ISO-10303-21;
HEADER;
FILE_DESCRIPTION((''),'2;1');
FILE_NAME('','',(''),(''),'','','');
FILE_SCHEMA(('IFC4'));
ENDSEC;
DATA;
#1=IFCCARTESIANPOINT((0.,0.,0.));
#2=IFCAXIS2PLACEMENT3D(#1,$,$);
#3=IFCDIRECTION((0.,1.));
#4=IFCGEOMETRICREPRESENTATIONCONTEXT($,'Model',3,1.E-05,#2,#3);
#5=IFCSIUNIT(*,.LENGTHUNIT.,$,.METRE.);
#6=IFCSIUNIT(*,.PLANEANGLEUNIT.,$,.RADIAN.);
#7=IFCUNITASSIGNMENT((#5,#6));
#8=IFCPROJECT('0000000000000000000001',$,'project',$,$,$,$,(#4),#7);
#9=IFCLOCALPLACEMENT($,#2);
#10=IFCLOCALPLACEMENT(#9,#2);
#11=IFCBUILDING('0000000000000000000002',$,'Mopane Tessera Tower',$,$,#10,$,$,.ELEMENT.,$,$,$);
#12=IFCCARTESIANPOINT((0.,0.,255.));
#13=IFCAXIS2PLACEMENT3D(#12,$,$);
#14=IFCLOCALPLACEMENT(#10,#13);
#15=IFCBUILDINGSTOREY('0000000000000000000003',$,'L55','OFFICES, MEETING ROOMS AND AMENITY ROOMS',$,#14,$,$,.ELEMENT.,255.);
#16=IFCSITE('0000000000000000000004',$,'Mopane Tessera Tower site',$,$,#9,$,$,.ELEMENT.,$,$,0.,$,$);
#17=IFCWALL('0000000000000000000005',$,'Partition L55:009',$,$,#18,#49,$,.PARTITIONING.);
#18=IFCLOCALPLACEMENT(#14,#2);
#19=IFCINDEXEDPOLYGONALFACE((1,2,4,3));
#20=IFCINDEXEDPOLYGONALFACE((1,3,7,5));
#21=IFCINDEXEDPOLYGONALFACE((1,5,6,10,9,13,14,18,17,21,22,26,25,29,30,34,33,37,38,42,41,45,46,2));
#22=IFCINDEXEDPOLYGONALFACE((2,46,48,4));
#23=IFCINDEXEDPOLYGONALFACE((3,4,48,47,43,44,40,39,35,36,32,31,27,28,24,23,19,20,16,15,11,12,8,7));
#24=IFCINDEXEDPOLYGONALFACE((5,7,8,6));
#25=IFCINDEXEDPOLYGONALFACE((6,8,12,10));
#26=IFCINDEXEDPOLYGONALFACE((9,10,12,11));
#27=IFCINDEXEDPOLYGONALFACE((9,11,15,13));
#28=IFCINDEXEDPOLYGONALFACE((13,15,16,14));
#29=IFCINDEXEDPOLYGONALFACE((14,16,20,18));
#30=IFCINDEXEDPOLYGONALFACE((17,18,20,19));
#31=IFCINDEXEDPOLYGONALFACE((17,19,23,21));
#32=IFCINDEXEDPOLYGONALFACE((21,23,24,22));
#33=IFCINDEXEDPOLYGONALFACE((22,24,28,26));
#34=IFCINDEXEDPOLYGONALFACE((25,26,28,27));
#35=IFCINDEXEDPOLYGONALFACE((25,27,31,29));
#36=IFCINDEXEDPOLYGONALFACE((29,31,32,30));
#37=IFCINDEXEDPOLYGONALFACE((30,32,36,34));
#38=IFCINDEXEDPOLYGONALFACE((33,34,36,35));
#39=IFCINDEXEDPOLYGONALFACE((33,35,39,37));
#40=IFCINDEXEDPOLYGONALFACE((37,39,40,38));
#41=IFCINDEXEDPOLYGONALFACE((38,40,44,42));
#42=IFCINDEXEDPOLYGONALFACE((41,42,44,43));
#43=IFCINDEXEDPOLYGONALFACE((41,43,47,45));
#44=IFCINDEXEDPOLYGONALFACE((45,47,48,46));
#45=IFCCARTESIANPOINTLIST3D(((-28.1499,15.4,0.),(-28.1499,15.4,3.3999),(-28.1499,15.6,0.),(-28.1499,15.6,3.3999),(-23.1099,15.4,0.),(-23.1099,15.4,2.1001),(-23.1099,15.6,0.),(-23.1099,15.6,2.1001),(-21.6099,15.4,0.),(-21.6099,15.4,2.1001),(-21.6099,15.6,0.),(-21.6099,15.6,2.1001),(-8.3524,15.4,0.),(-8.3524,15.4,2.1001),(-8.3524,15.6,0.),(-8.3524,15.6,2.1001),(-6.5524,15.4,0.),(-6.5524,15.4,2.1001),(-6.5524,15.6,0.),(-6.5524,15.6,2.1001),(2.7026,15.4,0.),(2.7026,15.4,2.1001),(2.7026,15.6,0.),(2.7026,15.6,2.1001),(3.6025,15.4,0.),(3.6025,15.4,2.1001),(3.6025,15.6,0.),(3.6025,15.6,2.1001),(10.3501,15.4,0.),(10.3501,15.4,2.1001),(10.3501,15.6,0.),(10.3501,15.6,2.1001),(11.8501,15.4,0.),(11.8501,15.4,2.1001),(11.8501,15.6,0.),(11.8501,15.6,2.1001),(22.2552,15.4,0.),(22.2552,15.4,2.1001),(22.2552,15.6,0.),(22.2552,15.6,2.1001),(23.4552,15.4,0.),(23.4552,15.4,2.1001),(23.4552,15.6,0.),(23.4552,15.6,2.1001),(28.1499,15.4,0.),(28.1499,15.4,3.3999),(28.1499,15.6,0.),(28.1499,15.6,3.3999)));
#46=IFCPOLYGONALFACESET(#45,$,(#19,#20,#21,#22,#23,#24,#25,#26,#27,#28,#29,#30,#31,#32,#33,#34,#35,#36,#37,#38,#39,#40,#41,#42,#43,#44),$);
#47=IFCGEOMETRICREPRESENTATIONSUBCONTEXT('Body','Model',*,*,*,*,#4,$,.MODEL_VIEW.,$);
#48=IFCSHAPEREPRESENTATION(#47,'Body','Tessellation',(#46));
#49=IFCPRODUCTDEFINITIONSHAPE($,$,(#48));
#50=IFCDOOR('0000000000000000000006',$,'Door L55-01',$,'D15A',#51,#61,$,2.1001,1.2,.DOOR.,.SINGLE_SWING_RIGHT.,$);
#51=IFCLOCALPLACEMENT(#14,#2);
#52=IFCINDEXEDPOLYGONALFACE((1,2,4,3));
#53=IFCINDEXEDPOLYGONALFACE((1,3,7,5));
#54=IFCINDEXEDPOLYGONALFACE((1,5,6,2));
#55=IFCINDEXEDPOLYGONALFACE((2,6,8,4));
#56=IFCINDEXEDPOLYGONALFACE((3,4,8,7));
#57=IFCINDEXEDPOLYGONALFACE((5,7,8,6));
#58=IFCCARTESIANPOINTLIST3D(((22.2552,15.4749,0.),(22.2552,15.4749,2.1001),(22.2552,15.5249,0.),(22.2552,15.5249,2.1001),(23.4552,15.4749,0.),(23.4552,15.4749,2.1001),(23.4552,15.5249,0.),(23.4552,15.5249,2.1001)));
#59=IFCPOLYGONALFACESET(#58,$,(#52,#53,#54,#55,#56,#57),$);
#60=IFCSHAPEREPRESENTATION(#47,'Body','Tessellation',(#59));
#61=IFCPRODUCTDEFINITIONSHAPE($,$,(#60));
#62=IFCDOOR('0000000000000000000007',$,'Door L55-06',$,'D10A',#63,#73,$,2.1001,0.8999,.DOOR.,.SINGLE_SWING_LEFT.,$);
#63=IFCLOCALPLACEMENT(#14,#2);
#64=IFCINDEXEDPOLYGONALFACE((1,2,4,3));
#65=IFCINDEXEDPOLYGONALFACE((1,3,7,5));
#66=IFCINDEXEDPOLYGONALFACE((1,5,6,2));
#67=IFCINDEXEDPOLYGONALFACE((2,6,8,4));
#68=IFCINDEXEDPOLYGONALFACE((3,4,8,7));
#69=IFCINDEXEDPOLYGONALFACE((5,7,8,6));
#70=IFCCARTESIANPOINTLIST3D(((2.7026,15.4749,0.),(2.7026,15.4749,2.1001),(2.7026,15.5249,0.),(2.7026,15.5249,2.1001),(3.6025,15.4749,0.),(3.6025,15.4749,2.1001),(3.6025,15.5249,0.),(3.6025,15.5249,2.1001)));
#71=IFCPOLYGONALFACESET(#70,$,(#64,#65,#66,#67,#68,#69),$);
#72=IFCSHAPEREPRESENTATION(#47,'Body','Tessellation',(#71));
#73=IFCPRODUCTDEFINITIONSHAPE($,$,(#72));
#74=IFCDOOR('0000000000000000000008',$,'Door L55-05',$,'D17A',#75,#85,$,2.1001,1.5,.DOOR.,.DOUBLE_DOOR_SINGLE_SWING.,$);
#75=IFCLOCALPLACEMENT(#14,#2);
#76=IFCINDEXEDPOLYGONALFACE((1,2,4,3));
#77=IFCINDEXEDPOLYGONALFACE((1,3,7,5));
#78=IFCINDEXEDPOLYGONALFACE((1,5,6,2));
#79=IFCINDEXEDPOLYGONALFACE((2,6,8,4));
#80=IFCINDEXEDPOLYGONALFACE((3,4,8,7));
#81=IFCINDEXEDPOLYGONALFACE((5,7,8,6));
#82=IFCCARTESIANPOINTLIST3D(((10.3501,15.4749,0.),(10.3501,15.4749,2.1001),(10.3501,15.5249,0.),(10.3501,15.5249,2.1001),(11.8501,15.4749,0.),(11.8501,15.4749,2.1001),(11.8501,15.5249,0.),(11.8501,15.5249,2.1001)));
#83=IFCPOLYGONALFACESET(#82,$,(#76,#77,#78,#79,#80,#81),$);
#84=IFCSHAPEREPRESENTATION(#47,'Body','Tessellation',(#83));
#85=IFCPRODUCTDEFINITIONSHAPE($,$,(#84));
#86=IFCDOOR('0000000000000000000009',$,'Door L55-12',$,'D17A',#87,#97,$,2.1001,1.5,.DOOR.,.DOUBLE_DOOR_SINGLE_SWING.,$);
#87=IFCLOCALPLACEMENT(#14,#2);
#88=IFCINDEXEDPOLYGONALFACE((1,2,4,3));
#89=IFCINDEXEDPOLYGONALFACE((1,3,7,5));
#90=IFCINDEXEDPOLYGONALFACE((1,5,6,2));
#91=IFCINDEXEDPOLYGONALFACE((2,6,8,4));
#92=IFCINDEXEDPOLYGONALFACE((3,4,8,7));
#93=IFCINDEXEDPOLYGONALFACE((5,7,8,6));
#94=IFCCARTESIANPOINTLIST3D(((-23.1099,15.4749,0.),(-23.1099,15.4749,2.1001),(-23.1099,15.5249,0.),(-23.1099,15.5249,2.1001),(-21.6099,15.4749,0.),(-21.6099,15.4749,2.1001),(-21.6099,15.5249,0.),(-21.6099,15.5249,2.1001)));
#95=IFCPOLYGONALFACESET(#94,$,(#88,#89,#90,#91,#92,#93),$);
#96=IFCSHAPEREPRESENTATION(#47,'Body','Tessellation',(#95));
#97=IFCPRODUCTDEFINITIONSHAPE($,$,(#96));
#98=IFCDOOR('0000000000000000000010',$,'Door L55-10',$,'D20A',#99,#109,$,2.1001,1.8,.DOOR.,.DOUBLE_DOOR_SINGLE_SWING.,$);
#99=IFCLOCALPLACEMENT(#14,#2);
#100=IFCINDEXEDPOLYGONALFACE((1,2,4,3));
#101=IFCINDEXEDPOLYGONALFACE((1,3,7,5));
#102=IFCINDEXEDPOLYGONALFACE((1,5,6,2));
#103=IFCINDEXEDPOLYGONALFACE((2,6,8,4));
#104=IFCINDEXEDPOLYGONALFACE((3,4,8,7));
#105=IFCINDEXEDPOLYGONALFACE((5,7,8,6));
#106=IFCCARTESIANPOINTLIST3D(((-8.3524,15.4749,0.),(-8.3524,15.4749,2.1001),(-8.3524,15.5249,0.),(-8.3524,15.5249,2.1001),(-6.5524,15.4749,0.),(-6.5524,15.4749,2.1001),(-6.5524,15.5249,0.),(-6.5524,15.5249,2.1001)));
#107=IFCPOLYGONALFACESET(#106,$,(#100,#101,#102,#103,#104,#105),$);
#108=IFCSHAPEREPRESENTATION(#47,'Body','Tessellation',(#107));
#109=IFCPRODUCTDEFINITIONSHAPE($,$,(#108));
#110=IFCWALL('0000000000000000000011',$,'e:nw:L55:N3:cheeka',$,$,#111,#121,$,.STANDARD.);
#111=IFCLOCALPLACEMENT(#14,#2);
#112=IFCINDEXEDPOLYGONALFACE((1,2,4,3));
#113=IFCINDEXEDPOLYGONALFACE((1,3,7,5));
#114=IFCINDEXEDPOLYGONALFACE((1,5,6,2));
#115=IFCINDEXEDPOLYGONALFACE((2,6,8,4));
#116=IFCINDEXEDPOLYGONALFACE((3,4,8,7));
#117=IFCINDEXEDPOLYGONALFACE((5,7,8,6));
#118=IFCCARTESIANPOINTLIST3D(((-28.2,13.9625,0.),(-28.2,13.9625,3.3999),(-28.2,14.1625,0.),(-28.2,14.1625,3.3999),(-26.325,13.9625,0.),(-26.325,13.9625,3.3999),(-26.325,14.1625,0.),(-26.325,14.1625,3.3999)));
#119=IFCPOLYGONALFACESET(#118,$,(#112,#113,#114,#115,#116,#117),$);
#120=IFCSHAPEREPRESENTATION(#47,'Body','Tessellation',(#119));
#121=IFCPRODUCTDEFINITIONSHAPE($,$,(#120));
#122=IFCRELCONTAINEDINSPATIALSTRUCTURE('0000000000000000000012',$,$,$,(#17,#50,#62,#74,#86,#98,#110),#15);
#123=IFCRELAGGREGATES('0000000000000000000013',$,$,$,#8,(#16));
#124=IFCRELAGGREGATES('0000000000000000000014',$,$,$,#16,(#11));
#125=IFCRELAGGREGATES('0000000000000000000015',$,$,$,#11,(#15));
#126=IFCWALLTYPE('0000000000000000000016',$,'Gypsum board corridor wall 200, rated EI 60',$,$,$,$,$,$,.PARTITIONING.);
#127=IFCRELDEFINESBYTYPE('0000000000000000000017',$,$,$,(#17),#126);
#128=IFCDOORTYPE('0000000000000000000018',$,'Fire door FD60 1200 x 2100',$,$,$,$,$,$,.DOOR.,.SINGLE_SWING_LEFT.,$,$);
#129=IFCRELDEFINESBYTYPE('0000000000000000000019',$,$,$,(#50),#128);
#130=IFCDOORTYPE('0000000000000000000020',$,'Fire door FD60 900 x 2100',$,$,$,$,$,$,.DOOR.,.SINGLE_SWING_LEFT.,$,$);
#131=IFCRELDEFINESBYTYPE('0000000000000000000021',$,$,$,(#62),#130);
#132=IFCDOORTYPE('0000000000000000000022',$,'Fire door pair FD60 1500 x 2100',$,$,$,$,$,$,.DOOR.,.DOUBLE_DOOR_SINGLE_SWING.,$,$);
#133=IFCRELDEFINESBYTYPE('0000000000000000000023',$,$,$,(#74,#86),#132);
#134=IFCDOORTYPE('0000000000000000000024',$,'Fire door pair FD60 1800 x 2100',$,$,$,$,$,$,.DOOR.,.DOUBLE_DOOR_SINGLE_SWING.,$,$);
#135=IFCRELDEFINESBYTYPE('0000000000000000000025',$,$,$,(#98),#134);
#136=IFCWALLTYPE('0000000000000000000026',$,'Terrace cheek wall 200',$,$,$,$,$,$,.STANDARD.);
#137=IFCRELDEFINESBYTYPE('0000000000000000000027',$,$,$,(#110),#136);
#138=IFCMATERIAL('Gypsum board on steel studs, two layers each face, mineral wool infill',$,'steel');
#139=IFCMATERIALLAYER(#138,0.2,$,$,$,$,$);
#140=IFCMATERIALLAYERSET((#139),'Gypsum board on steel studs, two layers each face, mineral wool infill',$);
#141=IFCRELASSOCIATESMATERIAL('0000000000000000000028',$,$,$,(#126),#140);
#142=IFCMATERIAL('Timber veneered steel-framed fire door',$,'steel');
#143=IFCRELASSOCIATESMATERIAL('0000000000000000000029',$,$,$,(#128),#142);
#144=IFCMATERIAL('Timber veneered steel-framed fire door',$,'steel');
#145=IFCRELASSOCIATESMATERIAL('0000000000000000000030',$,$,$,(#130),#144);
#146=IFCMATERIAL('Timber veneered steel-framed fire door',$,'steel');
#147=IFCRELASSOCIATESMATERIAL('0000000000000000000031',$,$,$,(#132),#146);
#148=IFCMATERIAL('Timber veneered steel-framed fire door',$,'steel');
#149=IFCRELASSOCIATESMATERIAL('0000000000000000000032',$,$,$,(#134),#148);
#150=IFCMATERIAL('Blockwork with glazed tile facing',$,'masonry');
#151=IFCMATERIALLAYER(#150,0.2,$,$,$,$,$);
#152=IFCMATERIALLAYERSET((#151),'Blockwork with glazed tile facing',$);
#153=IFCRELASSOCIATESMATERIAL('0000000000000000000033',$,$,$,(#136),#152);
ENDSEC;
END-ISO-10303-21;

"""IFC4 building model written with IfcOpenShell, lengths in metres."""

from ifc_helpers import new_model, si_unit, direction, frame, frame_2d, origin, place, context, subcontext, project, spatial, rectangle, extrude, material, layer, layer_set, type_object, element, fill, save


model = new_model("IFC4")

# Units and contexts
model_context = context("Model", 3, precision=1e-05, world=origin(), true_north=direction((0.0, 1.0)))
body_context = subcontext(model_context, "Body", "Model", "MODEL_VIEW")
ifc_project = project(units=[si_unit("LENGTHUNIT", "METRE"), si_unit("PLANEANGLEUNIT", "RADIAN")], contexts=[model_context])

# Site, building, storey
site_placement = place(None, origin())
site = spatial("IfcSite", under=ifc_project, at=site_placement, Name="Mopane Tessera Tower site", CompositionType="ELEMENT", RefElevation=0.0)
building_placement = place(site_placement, origin())
building = spatial("IfcBuilding", under=site, at=building_placement, Name="Mopane Tessera Tower", CompositionType="ELEMENT")
storey_placement = place(building_placement, frame((0.0, 0.0, 255.0)))
storey = spatial("IfcBuildingStorey", under=building, at=storey_placement, Name="L55", Description="OFFICES, MEETING ROOMS AND AMENITY ROOMS", CompositionType="ELEMENT", Elevation=255.0)

# Wall, openings, doors
ifc_material_1 = material(Name="Gypsum board on steel studs, two layers each face, mineral wool infill", Category="steel")
ifc_layer_1 = layer(ifc_material_1, 0.2)
ifc_layer_set_1 = layer_set([ifc_layer_1], Name="Gypsum board on steel studs, two layers each face, mineral wool infill")
wall_type_1 = type_object("IfcWallType", Name="Gypsum board corridor wall 200, rated EI 60", PredefinedType="PARTITIONING", material=ifc_layer_set_1)
wall_1_placement = place(storey_placement, frame((-28.1499, 15.5, 0.0), z_axis=(0.0, 0.0, 1.0), x_axis=(1.0, 0.0, 0.0)))
wall_1 = element("IfcWall", 1, at=wall_1_placement, inside=storey, type_object=wall_type_1, Name="Partition L55:009", PredefinedType="PARTITIONING", context=body_context, shape_type="SweptSolid", body=[
    extrude(rectangle(XDim=56.2998, YDim=0.2, at=frame_2d((28.1499, 0.0))), origin(), (0.0, 0.0, 1.0), 3.3999),
])
opening_1_placement = place(wall_1_placement, frame((50.405, 0.0, 0.0)))
opening_1 = element("IfcOpeningElement", 2, at=opening_1_placement, cuts=wall_1, PredefinedType="OPENING", context=body_context, shape_type="SweptSolid", body=[
    extrude(rectangle(XDim=1.2, YDim=2.1001, at=frame_2d((0.6001, 1.05))), frame((0.0, 0.1121, 0.0), z_axis=(0.0, -1.0, 0.0), x_axis=(1.0, 0.0, 0.0)), (0.0, 0.0, 1.0), 0.2239),
])
opening_2_placement = place(wall_1_placement, frame((38.5, 0.0, 0.0)))
opening_2 = element("IfcOpeningElement", 3, at=opening_2_placement, cuts=wall_1, PredefinedType="OPENING", context=body_context, shape_type="SweptSolid", body=[
    extrude(rectangle(XDim=1.5, YDim=2.1001, at=frame_2d((0.75, 1.05))), frame((0.0, 0.1121, 0.0), z_axis=(0.0, -1.0, 0.0), x_axis=(1.0, 0.0, 0.0)), (0.0, 0.0, 1.0), 0.2239),
])
opening_3_placement = place(wall_1_placement, frame((30.8525, 0.0, 0.0)))
opening_3 = element("IfcOpeningElement", 4, at=opening_3_placement, cuts=wall_1, PredefinedType="OPENING", context=body_context, shape_type="SweptSolid", body=[
    extrude(rectangle(XDim=0.8999, YDim=2.1001, at=frame_2d((0.45, 1.05))), frame((0.0, 0.1121, 0.0), z_axis=(0.0, -1.0, 0.0), x_axis=(1.0, 0.0, 0.0)), (0.0, 0.0, 1.0), 0.2239),
])
opening_4_placement = place(wall_1_placement, frame((19.7976, 0.0, 0.0)))
opening_4 = element("IfcOpeningElement", 5, at=opening_4_placement, cuts=wall_1, PredefinedType="OPENING", context=body_context, shape_type="SweptSolid", body=[
    extrude(rectangle(XDim=1.8, YDim=2.1001, at=frame_2d((0.8999, 1.05))), frame((0.0, 0.1121, 0.0), z_axis=(0.0, -1.0, 0.0), x_axis=(1.0, 0.0, 0.0)), (0.0, 0.0, 1.0), 0.2239),
])
opening_5_placement = place(wall_1_placement, frame((5.04, 0.0, 0.0)))
opening_5 = element("IfcOpeningElement", 6, at=opening_5_placement, cuts=wall_1, PredefinedType="OPENING", context=body_context, shape_type="SweptSolid", body=[
    extrude(rectangle(XDim=1.5, YDim=2.1001, at=frame_2d((0.75, 1.05))), frame((0.0, 0.1121, 0.0), z_axis=(0.0, -1.0, 0.0), x_axis=(1.0, 0.0, 0.0)), (0.0, 0.0, 1.0), 0.2239),
])
ifc_material_2 = material(Name="Timber veneered steel-framed fire door", Category="steel")
door_type_1 = type_object("IfcDoorType", Name="Fire door FD60 1200 x 2100", OperationType="SINGLE_SWING_LEFT", PredefinedType="DOOR", material=ifc_material_2)
door_1_placement = place(opening_1_placement, origin())
door_1 = element("IfcDoor", 7, at=door_1_placement, inside=storey, type_object=door_type_1, Name="Door L55-01", ObjectType="D15A", OperationType="SINGLE_SWING_RIGHT", OverallHeight=2.1001, OverallWidth=1.2, PredefinedType="DOOR", context=body_context, shape_type="SweptSolid", body=[
    extrude(rectangle(XDim=1.2, YDim=2.1001, at=frame_2d((0.6001, 1.05))), frame((0.0, 0.0249, 0.0), z_axis=(0.0, -1.0, 0.0), x_axis=(1.0, 0.0, 0.0)), (0.0, 0.0, 1.0), 0.05),
])
fill(opening_1, door_1)
ifc_material_3 = material(Name="Timber veneered steel-framed fire door", Category="steel")
door_type_2 = type_object("IfcDoorType", Name="Fire door FD60 900 x 2100", OperationType="SINGLE_SWING_LEFT", PredefinedType="DOOR", material=ifc_material_3)
door_2_placement = place(opening_3_placement, origin())
door_2 = element("IfcDoor", 8, at=door_2_placement, inside=storey, type_object=door_type_2, Name="Door L55-06", ObjectType="D10A", OperationType="SINGLE_SWING_LEFT", OverallHeight=2.1001, OverallWidth=0.8999, PredefinedType="DOOR", context=body_context, shape_type="SweptSolid", body=[
    extrude(rectangle(XDim=0.8999, YDim=2.1001, at=frame_2d((0.45, 1.05))), frame((0.0, 0.0249, 0.0), z_axis=(0.0, -1.0, 0.0), x_axis=(1.0, 0.0, 0.0)), (0.0, 0.0, 1.0), 0.05),
])
fill(opening_3, door_2)
ifc_material_4 = material(Name="Timber veneered steel-framed fire door", Category="steel")
door_type_3 = type_object("IfcDoorType", Name="Fire door pair FD60 1500 x 2100", OperationType="DOUBLE_DOOR_SINGLE_SWING", PredefinedType="DOOR", material=ifc_material_4)
door_3_placement = place(opening_2_placement, origin())
door_3 = element("IfcDoor", 9, at=door_3_placement, inside=storey, type_object=door_type_3, Name="Door L55-05", ObjectType="D17A", OperationType="DOUBLE_DOOR_SINGLE_SWING", OverallHeight=2.1001, OverallWidth=1.5, PredefinedType="DOOR", context=body_context, shape_type="SweptSolid", body=[
    extrude(rectangle(XDim=1.5, YDim=2.1001, at=frame_2d((0.75, 1.05))), frame((0.0, 0.0249, 0.0), z_axis=(0.0, -1.0, 0.0), x_axis=(1.0, 0.0, 0.0)), (0.0, 0.0, 1.0), 0.05),
])
fill(opening_2, door_3)
door_4_placement = place(opening_5_placement, origin())
door_4 = element("IfcDoor", 10, at=door_4_placement, inside=storey, type_object=door_type_3, Name="Door L55-12", ObjectType="D17A", OperationType="DOUBLE_DOOR_SINGLE_SWING", OverallHeight=2.1001, OverallWidth=1.5, PredefinedType="DOOR", context=body_context, shape_type="SweptSolid", body=[
    extrude(rectangle(XDim=1.5, YDim=2.1001, at=frame_2d((0.75, 1.05))), frame((0.0, 0.0249, 0.0), z_axis=(0.0, -1.0, 0.0), x_axis=(1.0, 0.0, 0.0)), (0.0, 0.0, 1.0), 0.05),
])
fill(opening_5, door_4)
ifc_material_5 = material(Name="Timber veneered steel-framed fire door", Category="steel")
door_type_4 = type_object("IfcDoorType", Name="Fire door pair FD60 1800 x 2100", OperationType="DOUBLE_DOOR_SINGLE_SWING", PredefinedType="DOOR", material=ifc_material_5)
door_5_placement = place(opening_4_placement, origin())
door_5 = element("IfcDoor", 11, at=door_5_placement, inside=storey, type_object=door_type_4, Name="Door L55-10", ObjectType="D20A", OperationType="DOUBLE_DOOR_SINGLE_SWING", OverallHeight=2.1001, OverallWidth=1.8, PredefinedType="DOOR", context=body_context, shape_type="SweptSolid", body=[
    extrude(rectangle(XDim=1.8, YDim=2.1001, at=frame_2d((0.8999, 1.05))), frame((0.0, 0.0249, 0.0), z_axis=(0.0, -1.0, 0.0), x_axis=(1.0, 0.0, 0.0)), (0.0, 0.0, 1.0), 0.05),
])
fill(opening_4, door_5)

# Wall
ifc_material_6 = material(Name="Blockwork with glazed tile facing", Category="masonry")
ifc_layer_2 = layer(ifc_material_6, 0.2)
ifc_layer_set_2 = layer_set([ifc_layer_2], Name="Blockwork with glazed tile facing")
wall_type_2 = type_object("IfcWallType", Name="Terrace cheek wall 200", PredefinedType="STANDARD", material=ifc_layer_set_2)
wall_2_placement = place(storey_placement, frame((-28.2, 14.0625, 0.0), z_axis=(0.0, 0.0, 1.0), x_axis=(1.0, 0.0, 0.0)))
element("IfcWall", 12, at=wall_2_placement, inside=storey, type_object=wall_type_2, Name="e:nw:L55:N3:cheeka", PredefinedType="STANDARD", context=body_context, shape_type="SweptSolid", body=[
    extrude(rectangle(XDim=1.875, YDim=0.2, at=frame_2d((0.9375, 0.0))), origin(), (0.0, 0.0, 1.0), 3.3999),
])

save(model, "model.ifc")
